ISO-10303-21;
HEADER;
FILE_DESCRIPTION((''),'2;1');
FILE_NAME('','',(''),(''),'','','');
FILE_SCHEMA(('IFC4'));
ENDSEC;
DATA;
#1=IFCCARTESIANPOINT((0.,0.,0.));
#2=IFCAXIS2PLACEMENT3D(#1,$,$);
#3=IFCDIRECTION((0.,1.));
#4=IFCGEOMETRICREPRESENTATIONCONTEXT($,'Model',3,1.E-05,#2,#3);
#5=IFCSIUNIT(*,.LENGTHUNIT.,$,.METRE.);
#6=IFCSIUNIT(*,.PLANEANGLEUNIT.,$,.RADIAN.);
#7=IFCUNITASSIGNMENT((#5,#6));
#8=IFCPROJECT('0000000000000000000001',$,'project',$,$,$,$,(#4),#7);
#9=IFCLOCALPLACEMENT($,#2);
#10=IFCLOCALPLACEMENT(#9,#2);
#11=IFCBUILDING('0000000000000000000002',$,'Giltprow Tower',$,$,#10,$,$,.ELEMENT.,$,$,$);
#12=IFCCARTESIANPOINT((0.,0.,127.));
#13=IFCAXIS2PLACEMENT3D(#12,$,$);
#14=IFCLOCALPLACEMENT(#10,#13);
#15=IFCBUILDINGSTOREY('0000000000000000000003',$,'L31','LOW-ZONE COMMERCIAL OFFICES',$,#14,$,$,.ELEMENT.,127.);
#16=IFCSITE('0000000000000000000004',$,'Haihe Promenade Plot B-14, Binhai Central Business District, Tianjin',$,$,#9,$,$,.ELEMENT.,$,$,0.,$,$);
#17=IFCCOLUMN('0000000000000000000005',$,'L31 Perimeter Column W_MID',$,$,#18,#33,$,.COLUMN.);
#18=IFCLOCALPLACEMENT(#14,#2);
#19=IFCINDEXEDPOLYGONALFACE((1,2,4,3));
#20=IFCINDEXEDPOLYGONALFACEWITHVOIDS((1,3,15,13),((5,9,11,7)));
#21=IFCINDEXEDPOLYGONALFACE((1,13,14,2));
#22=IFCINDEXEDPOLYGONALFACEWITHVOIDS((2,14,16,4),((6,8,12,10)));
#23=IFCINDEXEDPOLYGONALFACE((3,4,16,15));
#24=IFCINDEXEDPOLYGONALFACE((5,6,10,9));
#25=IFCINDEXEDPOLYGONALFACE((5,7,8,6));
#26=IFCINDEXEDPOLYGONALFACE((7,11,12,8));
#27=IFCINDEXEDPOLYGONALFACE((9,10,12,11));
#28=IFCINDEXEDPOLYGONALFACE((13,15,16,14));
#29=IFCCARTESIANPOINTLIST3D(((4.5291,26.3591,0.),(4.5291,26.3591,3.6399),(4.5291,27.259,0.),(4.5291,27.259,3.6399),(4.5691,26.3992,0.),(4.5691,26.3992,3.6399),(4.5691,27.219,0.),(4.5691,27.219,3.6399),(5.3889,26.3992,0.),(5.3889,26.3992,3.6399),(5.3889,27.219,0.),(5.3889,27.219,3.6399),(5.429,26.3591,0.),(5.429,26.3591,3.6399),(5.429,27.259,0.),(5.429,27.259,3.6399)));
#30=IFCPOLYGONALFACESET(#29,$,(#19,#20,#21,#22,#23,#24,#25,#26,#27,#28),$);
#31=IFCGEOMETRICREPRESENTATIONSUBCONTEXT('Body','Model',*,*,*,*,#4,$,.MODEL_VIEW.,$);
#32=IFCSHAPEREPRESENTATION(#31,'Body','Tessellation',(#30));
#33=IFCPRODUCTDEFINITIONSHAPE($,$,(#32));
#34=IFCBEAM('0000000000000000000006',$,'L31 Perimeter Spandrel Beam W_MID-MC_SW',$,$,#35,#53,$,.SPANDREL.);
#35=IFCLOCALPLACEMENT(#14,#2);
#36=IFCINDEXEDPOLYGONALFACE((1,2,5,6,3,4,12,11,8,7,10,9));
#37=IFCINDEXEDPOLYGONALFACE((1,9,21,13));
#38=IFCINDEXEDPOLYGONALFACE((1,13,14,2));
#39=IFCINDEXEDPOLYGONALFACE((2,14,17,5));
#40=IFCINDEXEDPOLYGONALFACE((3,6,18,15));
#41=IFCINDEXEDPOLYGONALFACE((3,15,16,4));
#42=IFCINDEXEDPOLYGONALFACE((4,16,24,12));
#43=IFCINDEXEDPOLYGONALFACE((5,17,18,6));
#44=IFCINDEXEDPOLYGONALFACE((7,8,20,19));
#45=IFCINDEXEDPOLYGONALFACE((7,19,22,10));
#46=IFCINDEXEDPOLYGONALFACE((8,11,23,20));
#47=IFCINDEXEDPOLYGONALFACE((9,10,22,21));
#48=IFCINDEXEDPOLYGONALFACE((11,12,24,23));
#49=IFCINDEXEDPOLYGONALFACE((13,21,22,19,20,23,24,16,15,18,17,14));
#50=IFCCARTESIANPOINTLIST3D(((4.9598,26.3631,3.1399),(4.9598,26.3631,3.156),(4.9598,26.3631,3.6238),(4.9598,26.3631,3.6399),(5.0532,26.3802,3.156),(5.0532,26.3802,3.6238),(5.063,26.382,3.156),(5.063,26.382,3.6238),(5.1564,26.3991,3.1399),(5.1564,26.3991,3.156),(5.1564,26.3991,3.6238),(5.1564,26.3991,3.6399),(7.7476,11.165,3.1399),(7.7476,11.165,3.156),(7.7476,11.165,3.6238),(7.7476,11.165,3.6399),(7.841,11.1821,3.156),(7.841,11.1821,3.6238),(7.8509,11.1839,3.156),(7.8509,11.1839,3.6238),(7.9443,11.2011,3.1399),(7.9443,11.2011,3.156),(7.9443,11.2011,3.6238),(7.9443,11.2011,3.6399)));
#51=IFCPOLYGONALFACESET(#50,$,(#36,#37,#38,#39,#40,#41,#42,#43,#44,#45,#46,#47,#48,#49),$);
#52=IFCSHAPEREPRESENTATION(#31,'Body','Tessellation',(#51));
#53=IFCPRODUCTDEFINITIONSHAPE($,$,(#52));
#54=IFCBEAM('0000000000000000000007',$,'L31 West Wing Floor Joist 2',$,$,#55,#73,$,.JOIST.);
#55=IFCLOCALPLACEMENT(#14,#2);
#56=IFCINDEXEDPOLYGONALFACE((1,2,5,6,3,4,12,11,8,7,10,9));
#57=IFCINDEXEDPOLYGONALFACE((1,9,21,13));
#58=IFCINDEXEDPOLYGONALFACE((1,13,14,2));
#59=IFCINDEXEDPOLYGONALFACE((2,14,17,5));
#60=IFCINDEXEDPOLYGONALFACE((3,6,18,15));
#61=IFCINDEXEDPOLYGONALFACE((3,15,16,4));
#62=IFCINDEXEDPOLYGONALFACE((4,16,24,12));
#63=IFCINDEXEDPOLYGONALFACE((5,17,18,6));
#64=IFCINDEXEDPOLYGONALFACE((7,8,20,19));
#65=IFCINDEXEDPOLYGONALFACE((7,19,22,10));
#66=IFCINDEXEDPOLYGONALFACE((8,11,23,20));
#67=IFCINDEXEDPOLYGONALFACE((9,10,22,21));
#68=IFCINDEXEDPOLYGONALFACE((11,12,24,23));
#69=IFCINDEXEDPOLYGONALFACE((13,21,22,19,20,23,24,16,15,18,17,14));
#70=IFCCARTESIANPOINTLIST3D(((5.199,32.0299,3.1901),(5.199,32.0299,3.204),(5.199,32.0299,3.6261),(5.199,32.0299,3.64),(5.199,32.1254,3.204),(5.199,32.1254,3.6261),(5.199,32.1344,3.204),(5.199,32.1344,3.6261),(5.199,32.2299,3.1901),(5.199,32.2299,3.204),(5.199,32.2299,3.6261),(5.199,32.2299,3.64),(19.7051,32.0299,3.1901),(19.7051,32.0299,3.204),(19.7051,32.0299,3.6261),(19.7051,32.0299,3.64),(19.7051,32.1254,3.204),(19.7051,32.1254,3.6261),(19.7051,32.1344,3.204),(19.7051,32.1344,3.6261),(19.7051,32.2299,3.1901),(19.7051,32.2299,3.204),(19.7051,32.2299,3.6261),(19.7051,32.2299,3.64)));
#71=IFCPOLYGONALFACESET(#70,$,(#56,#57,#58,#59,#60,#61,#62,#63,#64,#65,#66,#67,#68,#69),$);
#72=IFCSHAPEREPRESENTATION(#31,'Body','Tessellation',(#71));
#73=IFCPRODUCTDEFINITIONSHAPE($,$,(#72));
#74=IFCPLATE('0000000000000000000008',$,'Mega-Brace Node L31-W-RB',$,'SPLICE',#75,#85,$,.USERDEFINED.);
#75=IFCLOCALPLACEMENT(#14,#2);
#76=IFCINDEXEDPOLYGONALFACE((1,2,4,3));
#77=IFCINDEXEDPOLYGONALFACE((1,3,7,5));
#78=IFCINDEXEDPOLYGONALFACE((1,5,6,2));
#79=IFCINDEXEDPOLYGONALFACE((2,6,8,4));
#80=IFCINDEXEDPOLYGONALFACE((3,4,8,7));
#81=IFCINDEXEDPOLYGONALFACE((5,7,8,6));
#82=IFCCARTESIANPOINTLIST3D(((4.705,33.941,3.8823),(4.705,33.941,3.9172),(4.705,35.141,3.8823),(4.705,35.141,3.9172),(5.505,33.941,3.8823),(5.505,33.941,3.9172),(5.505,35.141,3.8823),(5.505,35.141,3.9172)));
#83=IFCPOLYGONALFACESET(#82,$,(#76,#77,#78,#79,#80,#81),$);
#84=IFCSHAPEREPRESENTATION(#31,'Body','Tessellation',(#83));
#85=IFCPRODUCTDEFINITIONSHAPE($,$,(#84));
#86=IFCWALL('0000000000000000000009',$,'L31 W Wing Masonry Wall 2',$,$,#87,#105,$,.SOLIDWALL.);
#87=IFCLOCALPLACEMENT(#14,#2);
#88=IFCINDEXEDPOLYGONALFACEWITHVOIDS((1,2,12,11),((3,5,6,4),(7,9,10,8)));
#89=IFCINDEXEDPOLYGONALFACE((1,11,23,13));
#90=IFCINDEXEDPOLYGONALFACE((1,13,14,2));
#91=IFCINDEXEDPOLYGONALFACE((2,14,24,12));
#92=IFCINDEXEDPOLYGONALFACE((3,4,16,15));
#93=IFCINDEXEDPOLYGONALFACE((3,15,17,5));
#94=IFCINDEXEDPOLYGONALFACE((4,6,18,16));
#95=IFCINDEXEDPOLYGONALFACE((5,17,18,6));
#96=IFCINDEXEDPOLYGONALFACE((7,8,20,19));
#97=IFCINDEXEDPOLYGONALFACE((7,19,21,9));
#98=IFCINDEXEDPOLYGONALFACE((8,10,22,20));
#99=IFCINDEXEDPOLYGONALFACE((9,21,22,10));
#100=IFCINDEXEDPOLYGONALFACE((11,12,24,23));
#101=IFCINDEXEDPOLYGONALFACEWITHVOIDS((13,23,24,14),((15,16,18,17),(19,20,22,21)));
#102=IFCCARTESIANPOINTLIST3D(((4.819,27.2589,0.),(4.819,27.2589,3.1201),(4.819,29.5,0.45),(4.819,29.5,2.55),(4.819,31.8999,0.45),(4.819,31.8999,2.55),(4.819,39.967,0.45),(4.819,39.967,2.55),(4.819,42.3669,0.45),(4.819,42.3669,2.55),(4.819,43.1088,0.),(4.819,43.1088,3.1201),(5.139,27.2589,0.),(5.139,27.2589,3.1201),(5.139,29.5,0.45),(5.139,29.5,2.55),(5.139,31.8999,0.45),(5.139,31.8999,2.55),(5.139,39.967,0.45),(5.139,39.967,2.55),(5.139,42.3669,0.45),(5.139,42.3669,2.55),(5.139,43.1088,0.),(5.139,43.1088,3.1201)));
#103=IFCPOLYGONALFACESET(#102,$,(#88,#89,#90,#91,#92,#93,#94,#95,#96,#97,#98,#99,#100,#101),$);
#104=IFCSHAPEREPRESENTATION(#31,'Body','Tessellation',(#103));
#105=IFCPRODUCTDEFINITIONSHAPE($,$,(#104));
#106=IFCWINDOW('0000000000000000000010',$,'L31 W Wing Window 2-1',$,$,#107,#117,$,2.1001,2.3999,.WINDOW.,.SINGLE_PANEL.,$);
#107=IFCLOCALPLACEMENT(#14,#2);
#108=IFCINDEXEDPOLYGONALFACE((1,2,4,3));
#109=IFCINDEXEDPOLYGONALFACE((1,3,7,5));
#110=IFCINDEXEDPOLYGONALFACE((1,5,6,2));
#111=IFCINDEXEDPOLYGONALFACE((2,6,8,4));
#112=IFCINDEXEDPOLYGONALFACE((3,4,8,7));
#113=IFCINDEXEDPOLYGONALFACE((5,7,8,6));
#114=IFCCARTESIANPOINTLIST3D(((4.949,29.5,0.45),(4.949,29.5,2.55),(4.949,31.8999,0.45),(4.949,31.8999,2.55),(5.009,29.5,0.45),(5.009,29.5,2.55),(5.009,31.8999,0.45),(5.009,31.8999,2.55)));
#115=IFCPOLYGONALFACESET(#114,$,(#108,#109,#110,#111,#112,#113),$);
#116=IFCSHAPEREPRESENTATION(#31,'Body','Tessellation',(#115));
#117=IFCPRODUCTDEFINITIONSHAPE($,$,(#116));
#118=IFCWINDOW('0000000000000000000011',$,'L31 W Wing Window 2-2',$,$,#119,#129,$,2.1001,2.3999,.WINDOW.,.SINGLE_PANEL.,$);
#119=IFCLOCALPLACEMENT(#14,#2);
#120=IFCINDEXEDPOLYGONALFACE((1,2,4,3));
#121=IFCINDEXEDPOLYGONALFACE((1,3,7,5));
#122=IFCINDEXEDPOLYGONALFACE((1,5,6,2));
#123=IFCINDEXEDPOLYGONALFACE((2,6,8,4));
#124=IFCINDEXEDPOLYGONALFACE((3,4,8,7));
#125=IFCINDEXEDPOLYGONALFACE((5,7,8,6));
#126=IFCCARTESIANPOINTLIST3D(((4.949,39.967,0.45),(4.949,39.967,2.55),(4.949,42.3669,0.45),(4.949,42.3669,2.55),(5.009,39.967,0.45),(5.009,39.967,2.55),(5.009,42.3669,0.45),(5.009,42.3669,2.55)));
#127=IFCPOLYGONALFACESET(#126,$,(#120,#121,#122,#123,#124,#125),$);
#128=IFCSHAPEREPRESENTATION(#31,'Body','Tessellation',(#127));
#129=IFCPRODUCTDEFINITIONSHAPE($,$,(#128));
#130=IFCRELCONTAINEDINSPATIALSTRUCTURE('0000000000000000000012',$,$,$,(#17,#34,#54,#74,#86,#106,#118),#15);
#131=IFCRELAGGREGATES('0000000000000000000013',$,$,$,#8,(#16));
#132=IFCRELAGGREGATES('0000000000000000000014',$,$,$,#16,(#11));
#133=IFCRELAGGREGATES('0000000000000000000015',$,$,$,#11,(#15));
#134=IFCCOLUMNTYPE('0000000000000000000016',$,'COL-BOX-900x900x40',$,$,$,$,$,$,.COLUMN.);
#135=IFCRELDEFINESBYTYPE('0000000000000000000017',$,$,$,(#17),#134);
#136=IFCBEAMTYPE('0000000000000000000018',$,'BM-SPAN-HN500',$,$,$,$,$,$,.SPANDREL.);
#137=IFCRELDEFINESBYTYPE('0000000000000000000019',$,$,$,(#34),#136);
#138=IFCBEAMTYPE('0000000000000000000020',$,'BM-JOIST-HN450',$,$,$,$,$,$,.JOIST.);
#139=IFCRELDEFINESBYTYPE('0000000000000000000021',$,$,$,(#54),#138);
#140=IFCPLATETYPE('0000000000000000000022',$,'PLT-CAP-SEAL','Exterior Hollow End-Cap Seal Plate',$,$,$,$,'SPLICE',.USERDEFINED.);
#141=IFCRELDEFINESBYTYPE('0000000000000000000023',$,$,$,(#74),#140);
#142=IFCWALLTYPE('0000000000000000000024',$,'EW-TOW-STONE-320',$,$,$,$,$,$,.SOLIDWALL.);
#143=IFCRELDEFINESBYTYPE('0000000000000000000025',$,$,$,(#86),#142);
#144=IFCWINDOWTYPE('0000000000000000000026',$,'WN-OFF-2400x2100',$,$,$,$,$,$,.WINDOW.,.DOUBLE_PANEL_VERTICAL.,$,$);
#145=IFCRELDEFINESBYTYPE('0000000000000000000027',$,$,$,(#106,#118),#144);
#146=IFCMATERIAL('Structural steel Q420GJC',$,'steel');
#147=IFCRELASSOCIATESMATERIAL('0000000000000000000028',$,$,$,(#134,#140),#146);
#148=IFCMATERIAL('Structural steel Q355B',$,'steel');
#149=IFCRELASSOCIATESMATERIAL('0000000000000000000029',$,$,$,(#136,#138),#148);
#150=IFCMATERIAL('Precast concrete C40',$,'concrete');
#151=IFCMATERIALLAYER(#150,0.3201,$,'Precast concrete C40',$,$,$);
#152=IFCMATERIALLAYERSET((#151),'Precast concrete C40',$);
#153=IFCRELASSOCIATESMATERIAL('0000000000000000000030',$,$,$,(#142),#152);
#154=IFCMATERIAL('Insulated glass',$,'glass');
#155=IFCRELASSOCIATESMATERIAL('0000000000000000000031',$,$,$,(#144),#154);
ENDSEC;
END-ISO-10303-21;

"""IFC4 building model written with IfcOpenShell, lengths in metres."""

from ifc_helpers import new_model, si_unit, direction, frame, frame_2d, origin, origin_2d, place, context, subcontext, project, spatial, rectangle, hollow_rectangle, i_section, extrude, source, transform, mapped, material, layer, layer_set, material_profile, profile_set, type_object, element, fill, save


model = new_model("IFC4")

# Units and contexts
model_context = context("Model", 3, precision=1e-05, world=origin(), true_north=direction((0.0, 1.0)))
body_context = subcontext(model_context, "Body", "Model", "MODEL_VIEW")
ifc_project = project(units=[si_unit("LENGTHUNIT", "METRE"), si_unit("PLANEANGLEUNIT", "RADIAN")], contexts=[model_context])

# Site, building, storey
site_placement = place(None, origin())
site = spatial("IfcSite", under=ifc_project, at=site_placement, Name="Haihe Promenade Plot B-14, Binhai Central Business District, Tianjin", CompositionType="ELEMENT", RefElevation=0.0)
building_placement = place(site_placement, origin())
building = spatial("IfcBuilding", under=site, at=building_placement, Name="Giltprow Tower", CompositionType="ELEMENT")
storey_placement = place(building_placement, frame((0.0, 0.0, 127.0)))
storey = spatial("IfcBuildingStorey", under=building, at=storey_placement, Name="L31", Description="LOW-ZONE COMMERCIAL OFFICES", CompositionType="ELEMENT", Elevation=127.0)

# Column
ifc_material_1 = material(Name="Structural steel Q420GJC", Category="steel")
ifc_material_profile_1 = material_profile(ifc_material_1, hollow_rectangle(XDim=0.8999, YDim=0.8999, WallThickness=0.04, at=origin_2d()), Name="BOX 900x900x40")
ifc_profile_set_1 = profile_set([ifc_material_profile_1], Name="Structural steel Q420GJC")
column_type = type_object("IfcColumnType", Name="COL-BOX-900x900x40", PredefinedType="COLUMN", material=ifc_profile_set_1)
shared_shape_1 = source(origin(), body_context, "Body", "SweptSolid", [
    extrude(hollow_rectangle(XDim=0.8999, YDim=0.8999, WallThickness=0.04, at=origin_2d()), origin(), (0.0, 0.0, 1.0), 3.6399),
])
column_placement = place(storey_placement, frame((4.979, 26.8091, 0.0), z_axis=(0.0, 0.0, 1.0), x_axis=(1.0, 0.0, 0.0)))
element("IfcColumn", 1, at=column_placement, inside=storey, type_object=column_type, Name="L31 Perimeter Column W_MID", PredefinedType="COLUMN", context=body_context, shape_type="MappedRepresentation", body=[
    mapped(shared_shape_1, transform((0.0, 0.0, 0.0), x_axis=(1.0, 0.0, 0.0), y_axis=(0.0, 1.0, 0.0), z_axis=(0.0, 0.0, 1.0), scale=1.0)),
])

# Beams
ifc_material_2 = material(Name="Structural steel Q355B", Category="steel")
ifc_material_profile_2 = material_profile(ifc_material_2, i_section(OverallWidth=0.2, OverallDepth=0.5, WebThickness=0.01, FlangeThickness=0.0161, at=origin_2d()), Name="HN 500x200x10x16")
ifc_profile_set_2 = profile_set([ifc_material_profile_2], Name="Structural steel Q355B")
beam_type_1 = type_object("IfcBeamType", Name="BM-SPAN-HN500", PredefinedType="SPANDREL", material=ifc_profile_set_2)
shared_shape_2 = source(origin(), body_context, "Body", "SweptSolid", [
    extrude(i_section(OverallWidth=0.2, OverallDepth=0.5, WebThickness=0.01, FlangeThickness=0.0161, at=origin_2d()), origin(), (0.0, 0.0, 1.0), 15.4517),
])
beam_1_placement = place(storey_placement, frame((5.0581, 26.3811, 3.3899), z_axis=(0.180424, -0.983589, 0.0), x_axis=(0.983589, 0.180424, 0.0)))
element("IfcBeam", 2, at=beam_1_placement, inside=storey, type_object=beam_type_1, Name="L31 Perimeter Spandrel Beam W_MID-MC_SW", PredefinedType="SPANDREL", context=body_context, shape_type="MappedRepresentation", body=[
    mapped(shared_shape_2, transform((0.0, 0.0, 0.0), x_axis=(1.0, 0.0, 0.0), y_axis=(0.0, 1.0, 0.0), z_axis=(0.0, 0.0, 1.0), scale=1.0)),
])
ifc_material_profile_3 = material_profile(ifc_material_2, i_section(OverallWidth=0.2, OverallDepth=0.45, WebThickness=0.009, FlangeThickness=0.0139, at=origin_2d()), Name="HN 450x200x9x14")
ifc_profile_set_3 = profile_set([ifc_material_profile_3], Name="Structural steel Q355B")
beam_type_2 = type_object("IfcBeamType", Name="BM-JOIST-HN450", PredefinedType="JOIST", material=ifc_profile_set_3)
shared_shape_3 = source(origin(), body_context, "Body", "SweptSolid", [
    extrude(i_section(OverallWidth=0.2, OverallDepth=0.45, WebThickness=0.009, FlangeThickness=0.0139, at=origin_2d()), origin(), (0.0, 0.0, 1.0), 14.5061),
])
beam_2_placement = place(storey_placement, frame((5.199, 32.1299, 3.415), z_axis=(1.0, 0.0, 0.0), x_axis=(0.0, 1.0, 0.0)))
element("IfcBeam", 3, at=beam_2_placement, inside=storey, type_object=beam_type_2, Name="L31 West Wing Floor Joist 2", PredefinedType="JOIST", context=body_context, shape_type="MappedRepresentation", body=[
    mapped(shared_shape_3, transform((0.0, 0.0, 0.0), x_axis=(1.0, 0.0, 0.0), y_axis=(0.0, 1.0, 0.0), z_axis=(0.0, 0.0, 1.0), scale=1.0)),
])

# Plate
plate_type = type_object("IfcPlateType", Name="PLT-CAP-SEAL", Description="Exterior Hollow End-Cap Seal Plate", ElementType="SPLICE", PredefinedType="USERDEFINED", material=ifc_material_1)
shared_shape_4 = source(origin(), body_context, "Body", "SweptSolid", [
    extrude(rectangle(XDim=1.2, YDim=0.8, at=origin_2d()), origin(), (0.0, 0.0, 1.0), 0.0349),
])
plate_placement = place(storey_placement, frame((5.105, 34.541, 3.8823), z_axis=(0.0, 0.0, 1.0), x_axis=(0.0, 1.0, 0.0)))
element("IfcPlate", 4, at=plate_placement, inside=storey, type_object=plate_type, Name="Mega-Brace Node L31-W-RB", ObjectType="SPLICE", PredefinedType="USERDEFINED", context=body_context, shape_type="MappedRepresentation", body=[
    mapped(shared_shape_4, transform((0.0, 0.0, 0.0), x_axis=(1.0, 0.0, 0.0), y_axis=(0.0, 1.0, 0.0), z_axis=(0.0, 0.0, 1.0), scale=1.0)),
])

# Wall, openings, windows
ifc_material_3 = material(Name="Precast concrete C40", Category="concrete")
ifc_layer_1 = layer(ifc_material_3, 0.3201, Name="Precast concrete C40")
ifc_layer_set_1 = layer_set([ifc_layer_1], Name="Precast concrete C40")
wall_type_1 = type_object("IfcWallType", Name="EW-TOW-STONE-320", PredefinedType="SOLIDWALL", material=ifc_layer_set_1)
wall_1_placement = place(storey_placement, frame((4.979, 27.259, 0.0), z_axis=(0.0, 0.0, 1.0), x_axis=(0.0, 1.0, 0.0)))
wall_1 = element("IfcWall", 5, at=wall_1_placement, inside=storey, type_object=wall_type_1, Name="L31 W Wing Masonry Wall 2", PredefinedType="SOLIDWALL", context=body_context, shape_type="SweptSolid", body=[
    extrude(rectangle(XDim=15.8499, YDim=0.3201, at=frame_2d((7.9248, 0.0))), origin(), (0.0, 0.0, 1.0), 3.1201),
])
opening_1_placement = place(wall_1_placement, frame((2.241, 0.0, 0.45)))
opening_1 = element("IfcOpeningElement", 6, at=opening_1_placement, cuts=wall_1, PredefinedType="OPENING", context=body_context, shape_type="SweptSolid", body=[
    extrude(rectangle(XDim=2.3999, YDim=2.1001, at=frame_2d((1.2, 1.05))), frame((0.0, 0.1699, 0.0), z_axis=(0.0, -1.0, 0.0), x_axis=(1.0, 0.0, 0.0)), (0.0, 0.0, 1.0), 0.3401),
])
opening_2_placement = place(wall_1_placement, frame((12.708, 0.0, 0.45)))
opening_2 = element("IfcOpeningElement", 7, at=opening_2_placement, cuts=wall_1, PredefinedType="OPENING", context=body_context, shape_type="SweptSolid", body=[
    extrude(rectangle(XDim=2.3999, YDim=2.1001, at=frame_2d((1.2, 1.05))), frame((0.0, 0.1699, 0.0), z_axis=(0.0, -1.0, 0.0), x_axis=(1.0, 0.0, 0.0)), (0.0, 0.0, 1.0), 0.3401),
])
ifc_material_4 = material(Name="Insulated glass", Category="glass")
window_type = type_object("IfcWindowType", Name="WN-OFF-2400x2100", PartitioningType="DOUBLE_PANEL_VERTICAL", PredefinedType="WINDOW", material=ifc_material_4)
shared_shape_5 = source(origin(), body_context, "Body", "SweptSolid", [
    extrude(rectangle(XDim=2.3999, YDim=2.1001, at=frame_2d((1.2, 1.05))), frame((0.0, 0.03, 0.0), z_axis=(0.0, -1.0, 0.0), x_axis=(1.0, 0.0, 0.0)), (0.0, 0.0, 1.0), 0.0601),
])
window_1_placement = place(opening_1_placement, origin())
window_1 = element("IfcWindow", 8, at=window_1_placement, inside=storey, type_object=window_type, Name="L31 W Wing Window 2-1", OverallHeight=2.1001, OverallWidth=2.3999, PartitioningType="SINGLE_PANEL", PredefinedType="WINDOW", context=body_context, shape_type="MappedRepresentation", body=[
    mapped(shared_shape_5, transform((0.0, 0.0, 0.0), x_axis=(1.0, 0.0, 0.0), y_axis=(0.0, 1.0, 0.0), z_axis=(0.0, 0.0, 1.0), scale=1.0)),
])
fill(opening_1, window_1)
window_2_placement = place(opening_2_placement, origin())
window_2 = element("IfcWindow", 9, at=window_2_placement, inside=storey, type_object=window_type, Name="L31 W Wing Window 2-2", OverallHeight=2.1001, OverallWidth=2.3999, PartitioningType="SINGLE_PANEL", PredefinedType="WINDOW", context=body_context, shape_type="MappedRepresentation", body=[
    mapped(shared_shape_5, transform((0.0, 0.0, 0.0), x_axis=(1.0, 0.0, 0.0), y_axis=(0.0, 1.0, 0.0), z_axis=(0.0, 0.0, 1.0), scale=1.0)),
])
fill(opening_2, window_2)

save(model, "model.ifc")
